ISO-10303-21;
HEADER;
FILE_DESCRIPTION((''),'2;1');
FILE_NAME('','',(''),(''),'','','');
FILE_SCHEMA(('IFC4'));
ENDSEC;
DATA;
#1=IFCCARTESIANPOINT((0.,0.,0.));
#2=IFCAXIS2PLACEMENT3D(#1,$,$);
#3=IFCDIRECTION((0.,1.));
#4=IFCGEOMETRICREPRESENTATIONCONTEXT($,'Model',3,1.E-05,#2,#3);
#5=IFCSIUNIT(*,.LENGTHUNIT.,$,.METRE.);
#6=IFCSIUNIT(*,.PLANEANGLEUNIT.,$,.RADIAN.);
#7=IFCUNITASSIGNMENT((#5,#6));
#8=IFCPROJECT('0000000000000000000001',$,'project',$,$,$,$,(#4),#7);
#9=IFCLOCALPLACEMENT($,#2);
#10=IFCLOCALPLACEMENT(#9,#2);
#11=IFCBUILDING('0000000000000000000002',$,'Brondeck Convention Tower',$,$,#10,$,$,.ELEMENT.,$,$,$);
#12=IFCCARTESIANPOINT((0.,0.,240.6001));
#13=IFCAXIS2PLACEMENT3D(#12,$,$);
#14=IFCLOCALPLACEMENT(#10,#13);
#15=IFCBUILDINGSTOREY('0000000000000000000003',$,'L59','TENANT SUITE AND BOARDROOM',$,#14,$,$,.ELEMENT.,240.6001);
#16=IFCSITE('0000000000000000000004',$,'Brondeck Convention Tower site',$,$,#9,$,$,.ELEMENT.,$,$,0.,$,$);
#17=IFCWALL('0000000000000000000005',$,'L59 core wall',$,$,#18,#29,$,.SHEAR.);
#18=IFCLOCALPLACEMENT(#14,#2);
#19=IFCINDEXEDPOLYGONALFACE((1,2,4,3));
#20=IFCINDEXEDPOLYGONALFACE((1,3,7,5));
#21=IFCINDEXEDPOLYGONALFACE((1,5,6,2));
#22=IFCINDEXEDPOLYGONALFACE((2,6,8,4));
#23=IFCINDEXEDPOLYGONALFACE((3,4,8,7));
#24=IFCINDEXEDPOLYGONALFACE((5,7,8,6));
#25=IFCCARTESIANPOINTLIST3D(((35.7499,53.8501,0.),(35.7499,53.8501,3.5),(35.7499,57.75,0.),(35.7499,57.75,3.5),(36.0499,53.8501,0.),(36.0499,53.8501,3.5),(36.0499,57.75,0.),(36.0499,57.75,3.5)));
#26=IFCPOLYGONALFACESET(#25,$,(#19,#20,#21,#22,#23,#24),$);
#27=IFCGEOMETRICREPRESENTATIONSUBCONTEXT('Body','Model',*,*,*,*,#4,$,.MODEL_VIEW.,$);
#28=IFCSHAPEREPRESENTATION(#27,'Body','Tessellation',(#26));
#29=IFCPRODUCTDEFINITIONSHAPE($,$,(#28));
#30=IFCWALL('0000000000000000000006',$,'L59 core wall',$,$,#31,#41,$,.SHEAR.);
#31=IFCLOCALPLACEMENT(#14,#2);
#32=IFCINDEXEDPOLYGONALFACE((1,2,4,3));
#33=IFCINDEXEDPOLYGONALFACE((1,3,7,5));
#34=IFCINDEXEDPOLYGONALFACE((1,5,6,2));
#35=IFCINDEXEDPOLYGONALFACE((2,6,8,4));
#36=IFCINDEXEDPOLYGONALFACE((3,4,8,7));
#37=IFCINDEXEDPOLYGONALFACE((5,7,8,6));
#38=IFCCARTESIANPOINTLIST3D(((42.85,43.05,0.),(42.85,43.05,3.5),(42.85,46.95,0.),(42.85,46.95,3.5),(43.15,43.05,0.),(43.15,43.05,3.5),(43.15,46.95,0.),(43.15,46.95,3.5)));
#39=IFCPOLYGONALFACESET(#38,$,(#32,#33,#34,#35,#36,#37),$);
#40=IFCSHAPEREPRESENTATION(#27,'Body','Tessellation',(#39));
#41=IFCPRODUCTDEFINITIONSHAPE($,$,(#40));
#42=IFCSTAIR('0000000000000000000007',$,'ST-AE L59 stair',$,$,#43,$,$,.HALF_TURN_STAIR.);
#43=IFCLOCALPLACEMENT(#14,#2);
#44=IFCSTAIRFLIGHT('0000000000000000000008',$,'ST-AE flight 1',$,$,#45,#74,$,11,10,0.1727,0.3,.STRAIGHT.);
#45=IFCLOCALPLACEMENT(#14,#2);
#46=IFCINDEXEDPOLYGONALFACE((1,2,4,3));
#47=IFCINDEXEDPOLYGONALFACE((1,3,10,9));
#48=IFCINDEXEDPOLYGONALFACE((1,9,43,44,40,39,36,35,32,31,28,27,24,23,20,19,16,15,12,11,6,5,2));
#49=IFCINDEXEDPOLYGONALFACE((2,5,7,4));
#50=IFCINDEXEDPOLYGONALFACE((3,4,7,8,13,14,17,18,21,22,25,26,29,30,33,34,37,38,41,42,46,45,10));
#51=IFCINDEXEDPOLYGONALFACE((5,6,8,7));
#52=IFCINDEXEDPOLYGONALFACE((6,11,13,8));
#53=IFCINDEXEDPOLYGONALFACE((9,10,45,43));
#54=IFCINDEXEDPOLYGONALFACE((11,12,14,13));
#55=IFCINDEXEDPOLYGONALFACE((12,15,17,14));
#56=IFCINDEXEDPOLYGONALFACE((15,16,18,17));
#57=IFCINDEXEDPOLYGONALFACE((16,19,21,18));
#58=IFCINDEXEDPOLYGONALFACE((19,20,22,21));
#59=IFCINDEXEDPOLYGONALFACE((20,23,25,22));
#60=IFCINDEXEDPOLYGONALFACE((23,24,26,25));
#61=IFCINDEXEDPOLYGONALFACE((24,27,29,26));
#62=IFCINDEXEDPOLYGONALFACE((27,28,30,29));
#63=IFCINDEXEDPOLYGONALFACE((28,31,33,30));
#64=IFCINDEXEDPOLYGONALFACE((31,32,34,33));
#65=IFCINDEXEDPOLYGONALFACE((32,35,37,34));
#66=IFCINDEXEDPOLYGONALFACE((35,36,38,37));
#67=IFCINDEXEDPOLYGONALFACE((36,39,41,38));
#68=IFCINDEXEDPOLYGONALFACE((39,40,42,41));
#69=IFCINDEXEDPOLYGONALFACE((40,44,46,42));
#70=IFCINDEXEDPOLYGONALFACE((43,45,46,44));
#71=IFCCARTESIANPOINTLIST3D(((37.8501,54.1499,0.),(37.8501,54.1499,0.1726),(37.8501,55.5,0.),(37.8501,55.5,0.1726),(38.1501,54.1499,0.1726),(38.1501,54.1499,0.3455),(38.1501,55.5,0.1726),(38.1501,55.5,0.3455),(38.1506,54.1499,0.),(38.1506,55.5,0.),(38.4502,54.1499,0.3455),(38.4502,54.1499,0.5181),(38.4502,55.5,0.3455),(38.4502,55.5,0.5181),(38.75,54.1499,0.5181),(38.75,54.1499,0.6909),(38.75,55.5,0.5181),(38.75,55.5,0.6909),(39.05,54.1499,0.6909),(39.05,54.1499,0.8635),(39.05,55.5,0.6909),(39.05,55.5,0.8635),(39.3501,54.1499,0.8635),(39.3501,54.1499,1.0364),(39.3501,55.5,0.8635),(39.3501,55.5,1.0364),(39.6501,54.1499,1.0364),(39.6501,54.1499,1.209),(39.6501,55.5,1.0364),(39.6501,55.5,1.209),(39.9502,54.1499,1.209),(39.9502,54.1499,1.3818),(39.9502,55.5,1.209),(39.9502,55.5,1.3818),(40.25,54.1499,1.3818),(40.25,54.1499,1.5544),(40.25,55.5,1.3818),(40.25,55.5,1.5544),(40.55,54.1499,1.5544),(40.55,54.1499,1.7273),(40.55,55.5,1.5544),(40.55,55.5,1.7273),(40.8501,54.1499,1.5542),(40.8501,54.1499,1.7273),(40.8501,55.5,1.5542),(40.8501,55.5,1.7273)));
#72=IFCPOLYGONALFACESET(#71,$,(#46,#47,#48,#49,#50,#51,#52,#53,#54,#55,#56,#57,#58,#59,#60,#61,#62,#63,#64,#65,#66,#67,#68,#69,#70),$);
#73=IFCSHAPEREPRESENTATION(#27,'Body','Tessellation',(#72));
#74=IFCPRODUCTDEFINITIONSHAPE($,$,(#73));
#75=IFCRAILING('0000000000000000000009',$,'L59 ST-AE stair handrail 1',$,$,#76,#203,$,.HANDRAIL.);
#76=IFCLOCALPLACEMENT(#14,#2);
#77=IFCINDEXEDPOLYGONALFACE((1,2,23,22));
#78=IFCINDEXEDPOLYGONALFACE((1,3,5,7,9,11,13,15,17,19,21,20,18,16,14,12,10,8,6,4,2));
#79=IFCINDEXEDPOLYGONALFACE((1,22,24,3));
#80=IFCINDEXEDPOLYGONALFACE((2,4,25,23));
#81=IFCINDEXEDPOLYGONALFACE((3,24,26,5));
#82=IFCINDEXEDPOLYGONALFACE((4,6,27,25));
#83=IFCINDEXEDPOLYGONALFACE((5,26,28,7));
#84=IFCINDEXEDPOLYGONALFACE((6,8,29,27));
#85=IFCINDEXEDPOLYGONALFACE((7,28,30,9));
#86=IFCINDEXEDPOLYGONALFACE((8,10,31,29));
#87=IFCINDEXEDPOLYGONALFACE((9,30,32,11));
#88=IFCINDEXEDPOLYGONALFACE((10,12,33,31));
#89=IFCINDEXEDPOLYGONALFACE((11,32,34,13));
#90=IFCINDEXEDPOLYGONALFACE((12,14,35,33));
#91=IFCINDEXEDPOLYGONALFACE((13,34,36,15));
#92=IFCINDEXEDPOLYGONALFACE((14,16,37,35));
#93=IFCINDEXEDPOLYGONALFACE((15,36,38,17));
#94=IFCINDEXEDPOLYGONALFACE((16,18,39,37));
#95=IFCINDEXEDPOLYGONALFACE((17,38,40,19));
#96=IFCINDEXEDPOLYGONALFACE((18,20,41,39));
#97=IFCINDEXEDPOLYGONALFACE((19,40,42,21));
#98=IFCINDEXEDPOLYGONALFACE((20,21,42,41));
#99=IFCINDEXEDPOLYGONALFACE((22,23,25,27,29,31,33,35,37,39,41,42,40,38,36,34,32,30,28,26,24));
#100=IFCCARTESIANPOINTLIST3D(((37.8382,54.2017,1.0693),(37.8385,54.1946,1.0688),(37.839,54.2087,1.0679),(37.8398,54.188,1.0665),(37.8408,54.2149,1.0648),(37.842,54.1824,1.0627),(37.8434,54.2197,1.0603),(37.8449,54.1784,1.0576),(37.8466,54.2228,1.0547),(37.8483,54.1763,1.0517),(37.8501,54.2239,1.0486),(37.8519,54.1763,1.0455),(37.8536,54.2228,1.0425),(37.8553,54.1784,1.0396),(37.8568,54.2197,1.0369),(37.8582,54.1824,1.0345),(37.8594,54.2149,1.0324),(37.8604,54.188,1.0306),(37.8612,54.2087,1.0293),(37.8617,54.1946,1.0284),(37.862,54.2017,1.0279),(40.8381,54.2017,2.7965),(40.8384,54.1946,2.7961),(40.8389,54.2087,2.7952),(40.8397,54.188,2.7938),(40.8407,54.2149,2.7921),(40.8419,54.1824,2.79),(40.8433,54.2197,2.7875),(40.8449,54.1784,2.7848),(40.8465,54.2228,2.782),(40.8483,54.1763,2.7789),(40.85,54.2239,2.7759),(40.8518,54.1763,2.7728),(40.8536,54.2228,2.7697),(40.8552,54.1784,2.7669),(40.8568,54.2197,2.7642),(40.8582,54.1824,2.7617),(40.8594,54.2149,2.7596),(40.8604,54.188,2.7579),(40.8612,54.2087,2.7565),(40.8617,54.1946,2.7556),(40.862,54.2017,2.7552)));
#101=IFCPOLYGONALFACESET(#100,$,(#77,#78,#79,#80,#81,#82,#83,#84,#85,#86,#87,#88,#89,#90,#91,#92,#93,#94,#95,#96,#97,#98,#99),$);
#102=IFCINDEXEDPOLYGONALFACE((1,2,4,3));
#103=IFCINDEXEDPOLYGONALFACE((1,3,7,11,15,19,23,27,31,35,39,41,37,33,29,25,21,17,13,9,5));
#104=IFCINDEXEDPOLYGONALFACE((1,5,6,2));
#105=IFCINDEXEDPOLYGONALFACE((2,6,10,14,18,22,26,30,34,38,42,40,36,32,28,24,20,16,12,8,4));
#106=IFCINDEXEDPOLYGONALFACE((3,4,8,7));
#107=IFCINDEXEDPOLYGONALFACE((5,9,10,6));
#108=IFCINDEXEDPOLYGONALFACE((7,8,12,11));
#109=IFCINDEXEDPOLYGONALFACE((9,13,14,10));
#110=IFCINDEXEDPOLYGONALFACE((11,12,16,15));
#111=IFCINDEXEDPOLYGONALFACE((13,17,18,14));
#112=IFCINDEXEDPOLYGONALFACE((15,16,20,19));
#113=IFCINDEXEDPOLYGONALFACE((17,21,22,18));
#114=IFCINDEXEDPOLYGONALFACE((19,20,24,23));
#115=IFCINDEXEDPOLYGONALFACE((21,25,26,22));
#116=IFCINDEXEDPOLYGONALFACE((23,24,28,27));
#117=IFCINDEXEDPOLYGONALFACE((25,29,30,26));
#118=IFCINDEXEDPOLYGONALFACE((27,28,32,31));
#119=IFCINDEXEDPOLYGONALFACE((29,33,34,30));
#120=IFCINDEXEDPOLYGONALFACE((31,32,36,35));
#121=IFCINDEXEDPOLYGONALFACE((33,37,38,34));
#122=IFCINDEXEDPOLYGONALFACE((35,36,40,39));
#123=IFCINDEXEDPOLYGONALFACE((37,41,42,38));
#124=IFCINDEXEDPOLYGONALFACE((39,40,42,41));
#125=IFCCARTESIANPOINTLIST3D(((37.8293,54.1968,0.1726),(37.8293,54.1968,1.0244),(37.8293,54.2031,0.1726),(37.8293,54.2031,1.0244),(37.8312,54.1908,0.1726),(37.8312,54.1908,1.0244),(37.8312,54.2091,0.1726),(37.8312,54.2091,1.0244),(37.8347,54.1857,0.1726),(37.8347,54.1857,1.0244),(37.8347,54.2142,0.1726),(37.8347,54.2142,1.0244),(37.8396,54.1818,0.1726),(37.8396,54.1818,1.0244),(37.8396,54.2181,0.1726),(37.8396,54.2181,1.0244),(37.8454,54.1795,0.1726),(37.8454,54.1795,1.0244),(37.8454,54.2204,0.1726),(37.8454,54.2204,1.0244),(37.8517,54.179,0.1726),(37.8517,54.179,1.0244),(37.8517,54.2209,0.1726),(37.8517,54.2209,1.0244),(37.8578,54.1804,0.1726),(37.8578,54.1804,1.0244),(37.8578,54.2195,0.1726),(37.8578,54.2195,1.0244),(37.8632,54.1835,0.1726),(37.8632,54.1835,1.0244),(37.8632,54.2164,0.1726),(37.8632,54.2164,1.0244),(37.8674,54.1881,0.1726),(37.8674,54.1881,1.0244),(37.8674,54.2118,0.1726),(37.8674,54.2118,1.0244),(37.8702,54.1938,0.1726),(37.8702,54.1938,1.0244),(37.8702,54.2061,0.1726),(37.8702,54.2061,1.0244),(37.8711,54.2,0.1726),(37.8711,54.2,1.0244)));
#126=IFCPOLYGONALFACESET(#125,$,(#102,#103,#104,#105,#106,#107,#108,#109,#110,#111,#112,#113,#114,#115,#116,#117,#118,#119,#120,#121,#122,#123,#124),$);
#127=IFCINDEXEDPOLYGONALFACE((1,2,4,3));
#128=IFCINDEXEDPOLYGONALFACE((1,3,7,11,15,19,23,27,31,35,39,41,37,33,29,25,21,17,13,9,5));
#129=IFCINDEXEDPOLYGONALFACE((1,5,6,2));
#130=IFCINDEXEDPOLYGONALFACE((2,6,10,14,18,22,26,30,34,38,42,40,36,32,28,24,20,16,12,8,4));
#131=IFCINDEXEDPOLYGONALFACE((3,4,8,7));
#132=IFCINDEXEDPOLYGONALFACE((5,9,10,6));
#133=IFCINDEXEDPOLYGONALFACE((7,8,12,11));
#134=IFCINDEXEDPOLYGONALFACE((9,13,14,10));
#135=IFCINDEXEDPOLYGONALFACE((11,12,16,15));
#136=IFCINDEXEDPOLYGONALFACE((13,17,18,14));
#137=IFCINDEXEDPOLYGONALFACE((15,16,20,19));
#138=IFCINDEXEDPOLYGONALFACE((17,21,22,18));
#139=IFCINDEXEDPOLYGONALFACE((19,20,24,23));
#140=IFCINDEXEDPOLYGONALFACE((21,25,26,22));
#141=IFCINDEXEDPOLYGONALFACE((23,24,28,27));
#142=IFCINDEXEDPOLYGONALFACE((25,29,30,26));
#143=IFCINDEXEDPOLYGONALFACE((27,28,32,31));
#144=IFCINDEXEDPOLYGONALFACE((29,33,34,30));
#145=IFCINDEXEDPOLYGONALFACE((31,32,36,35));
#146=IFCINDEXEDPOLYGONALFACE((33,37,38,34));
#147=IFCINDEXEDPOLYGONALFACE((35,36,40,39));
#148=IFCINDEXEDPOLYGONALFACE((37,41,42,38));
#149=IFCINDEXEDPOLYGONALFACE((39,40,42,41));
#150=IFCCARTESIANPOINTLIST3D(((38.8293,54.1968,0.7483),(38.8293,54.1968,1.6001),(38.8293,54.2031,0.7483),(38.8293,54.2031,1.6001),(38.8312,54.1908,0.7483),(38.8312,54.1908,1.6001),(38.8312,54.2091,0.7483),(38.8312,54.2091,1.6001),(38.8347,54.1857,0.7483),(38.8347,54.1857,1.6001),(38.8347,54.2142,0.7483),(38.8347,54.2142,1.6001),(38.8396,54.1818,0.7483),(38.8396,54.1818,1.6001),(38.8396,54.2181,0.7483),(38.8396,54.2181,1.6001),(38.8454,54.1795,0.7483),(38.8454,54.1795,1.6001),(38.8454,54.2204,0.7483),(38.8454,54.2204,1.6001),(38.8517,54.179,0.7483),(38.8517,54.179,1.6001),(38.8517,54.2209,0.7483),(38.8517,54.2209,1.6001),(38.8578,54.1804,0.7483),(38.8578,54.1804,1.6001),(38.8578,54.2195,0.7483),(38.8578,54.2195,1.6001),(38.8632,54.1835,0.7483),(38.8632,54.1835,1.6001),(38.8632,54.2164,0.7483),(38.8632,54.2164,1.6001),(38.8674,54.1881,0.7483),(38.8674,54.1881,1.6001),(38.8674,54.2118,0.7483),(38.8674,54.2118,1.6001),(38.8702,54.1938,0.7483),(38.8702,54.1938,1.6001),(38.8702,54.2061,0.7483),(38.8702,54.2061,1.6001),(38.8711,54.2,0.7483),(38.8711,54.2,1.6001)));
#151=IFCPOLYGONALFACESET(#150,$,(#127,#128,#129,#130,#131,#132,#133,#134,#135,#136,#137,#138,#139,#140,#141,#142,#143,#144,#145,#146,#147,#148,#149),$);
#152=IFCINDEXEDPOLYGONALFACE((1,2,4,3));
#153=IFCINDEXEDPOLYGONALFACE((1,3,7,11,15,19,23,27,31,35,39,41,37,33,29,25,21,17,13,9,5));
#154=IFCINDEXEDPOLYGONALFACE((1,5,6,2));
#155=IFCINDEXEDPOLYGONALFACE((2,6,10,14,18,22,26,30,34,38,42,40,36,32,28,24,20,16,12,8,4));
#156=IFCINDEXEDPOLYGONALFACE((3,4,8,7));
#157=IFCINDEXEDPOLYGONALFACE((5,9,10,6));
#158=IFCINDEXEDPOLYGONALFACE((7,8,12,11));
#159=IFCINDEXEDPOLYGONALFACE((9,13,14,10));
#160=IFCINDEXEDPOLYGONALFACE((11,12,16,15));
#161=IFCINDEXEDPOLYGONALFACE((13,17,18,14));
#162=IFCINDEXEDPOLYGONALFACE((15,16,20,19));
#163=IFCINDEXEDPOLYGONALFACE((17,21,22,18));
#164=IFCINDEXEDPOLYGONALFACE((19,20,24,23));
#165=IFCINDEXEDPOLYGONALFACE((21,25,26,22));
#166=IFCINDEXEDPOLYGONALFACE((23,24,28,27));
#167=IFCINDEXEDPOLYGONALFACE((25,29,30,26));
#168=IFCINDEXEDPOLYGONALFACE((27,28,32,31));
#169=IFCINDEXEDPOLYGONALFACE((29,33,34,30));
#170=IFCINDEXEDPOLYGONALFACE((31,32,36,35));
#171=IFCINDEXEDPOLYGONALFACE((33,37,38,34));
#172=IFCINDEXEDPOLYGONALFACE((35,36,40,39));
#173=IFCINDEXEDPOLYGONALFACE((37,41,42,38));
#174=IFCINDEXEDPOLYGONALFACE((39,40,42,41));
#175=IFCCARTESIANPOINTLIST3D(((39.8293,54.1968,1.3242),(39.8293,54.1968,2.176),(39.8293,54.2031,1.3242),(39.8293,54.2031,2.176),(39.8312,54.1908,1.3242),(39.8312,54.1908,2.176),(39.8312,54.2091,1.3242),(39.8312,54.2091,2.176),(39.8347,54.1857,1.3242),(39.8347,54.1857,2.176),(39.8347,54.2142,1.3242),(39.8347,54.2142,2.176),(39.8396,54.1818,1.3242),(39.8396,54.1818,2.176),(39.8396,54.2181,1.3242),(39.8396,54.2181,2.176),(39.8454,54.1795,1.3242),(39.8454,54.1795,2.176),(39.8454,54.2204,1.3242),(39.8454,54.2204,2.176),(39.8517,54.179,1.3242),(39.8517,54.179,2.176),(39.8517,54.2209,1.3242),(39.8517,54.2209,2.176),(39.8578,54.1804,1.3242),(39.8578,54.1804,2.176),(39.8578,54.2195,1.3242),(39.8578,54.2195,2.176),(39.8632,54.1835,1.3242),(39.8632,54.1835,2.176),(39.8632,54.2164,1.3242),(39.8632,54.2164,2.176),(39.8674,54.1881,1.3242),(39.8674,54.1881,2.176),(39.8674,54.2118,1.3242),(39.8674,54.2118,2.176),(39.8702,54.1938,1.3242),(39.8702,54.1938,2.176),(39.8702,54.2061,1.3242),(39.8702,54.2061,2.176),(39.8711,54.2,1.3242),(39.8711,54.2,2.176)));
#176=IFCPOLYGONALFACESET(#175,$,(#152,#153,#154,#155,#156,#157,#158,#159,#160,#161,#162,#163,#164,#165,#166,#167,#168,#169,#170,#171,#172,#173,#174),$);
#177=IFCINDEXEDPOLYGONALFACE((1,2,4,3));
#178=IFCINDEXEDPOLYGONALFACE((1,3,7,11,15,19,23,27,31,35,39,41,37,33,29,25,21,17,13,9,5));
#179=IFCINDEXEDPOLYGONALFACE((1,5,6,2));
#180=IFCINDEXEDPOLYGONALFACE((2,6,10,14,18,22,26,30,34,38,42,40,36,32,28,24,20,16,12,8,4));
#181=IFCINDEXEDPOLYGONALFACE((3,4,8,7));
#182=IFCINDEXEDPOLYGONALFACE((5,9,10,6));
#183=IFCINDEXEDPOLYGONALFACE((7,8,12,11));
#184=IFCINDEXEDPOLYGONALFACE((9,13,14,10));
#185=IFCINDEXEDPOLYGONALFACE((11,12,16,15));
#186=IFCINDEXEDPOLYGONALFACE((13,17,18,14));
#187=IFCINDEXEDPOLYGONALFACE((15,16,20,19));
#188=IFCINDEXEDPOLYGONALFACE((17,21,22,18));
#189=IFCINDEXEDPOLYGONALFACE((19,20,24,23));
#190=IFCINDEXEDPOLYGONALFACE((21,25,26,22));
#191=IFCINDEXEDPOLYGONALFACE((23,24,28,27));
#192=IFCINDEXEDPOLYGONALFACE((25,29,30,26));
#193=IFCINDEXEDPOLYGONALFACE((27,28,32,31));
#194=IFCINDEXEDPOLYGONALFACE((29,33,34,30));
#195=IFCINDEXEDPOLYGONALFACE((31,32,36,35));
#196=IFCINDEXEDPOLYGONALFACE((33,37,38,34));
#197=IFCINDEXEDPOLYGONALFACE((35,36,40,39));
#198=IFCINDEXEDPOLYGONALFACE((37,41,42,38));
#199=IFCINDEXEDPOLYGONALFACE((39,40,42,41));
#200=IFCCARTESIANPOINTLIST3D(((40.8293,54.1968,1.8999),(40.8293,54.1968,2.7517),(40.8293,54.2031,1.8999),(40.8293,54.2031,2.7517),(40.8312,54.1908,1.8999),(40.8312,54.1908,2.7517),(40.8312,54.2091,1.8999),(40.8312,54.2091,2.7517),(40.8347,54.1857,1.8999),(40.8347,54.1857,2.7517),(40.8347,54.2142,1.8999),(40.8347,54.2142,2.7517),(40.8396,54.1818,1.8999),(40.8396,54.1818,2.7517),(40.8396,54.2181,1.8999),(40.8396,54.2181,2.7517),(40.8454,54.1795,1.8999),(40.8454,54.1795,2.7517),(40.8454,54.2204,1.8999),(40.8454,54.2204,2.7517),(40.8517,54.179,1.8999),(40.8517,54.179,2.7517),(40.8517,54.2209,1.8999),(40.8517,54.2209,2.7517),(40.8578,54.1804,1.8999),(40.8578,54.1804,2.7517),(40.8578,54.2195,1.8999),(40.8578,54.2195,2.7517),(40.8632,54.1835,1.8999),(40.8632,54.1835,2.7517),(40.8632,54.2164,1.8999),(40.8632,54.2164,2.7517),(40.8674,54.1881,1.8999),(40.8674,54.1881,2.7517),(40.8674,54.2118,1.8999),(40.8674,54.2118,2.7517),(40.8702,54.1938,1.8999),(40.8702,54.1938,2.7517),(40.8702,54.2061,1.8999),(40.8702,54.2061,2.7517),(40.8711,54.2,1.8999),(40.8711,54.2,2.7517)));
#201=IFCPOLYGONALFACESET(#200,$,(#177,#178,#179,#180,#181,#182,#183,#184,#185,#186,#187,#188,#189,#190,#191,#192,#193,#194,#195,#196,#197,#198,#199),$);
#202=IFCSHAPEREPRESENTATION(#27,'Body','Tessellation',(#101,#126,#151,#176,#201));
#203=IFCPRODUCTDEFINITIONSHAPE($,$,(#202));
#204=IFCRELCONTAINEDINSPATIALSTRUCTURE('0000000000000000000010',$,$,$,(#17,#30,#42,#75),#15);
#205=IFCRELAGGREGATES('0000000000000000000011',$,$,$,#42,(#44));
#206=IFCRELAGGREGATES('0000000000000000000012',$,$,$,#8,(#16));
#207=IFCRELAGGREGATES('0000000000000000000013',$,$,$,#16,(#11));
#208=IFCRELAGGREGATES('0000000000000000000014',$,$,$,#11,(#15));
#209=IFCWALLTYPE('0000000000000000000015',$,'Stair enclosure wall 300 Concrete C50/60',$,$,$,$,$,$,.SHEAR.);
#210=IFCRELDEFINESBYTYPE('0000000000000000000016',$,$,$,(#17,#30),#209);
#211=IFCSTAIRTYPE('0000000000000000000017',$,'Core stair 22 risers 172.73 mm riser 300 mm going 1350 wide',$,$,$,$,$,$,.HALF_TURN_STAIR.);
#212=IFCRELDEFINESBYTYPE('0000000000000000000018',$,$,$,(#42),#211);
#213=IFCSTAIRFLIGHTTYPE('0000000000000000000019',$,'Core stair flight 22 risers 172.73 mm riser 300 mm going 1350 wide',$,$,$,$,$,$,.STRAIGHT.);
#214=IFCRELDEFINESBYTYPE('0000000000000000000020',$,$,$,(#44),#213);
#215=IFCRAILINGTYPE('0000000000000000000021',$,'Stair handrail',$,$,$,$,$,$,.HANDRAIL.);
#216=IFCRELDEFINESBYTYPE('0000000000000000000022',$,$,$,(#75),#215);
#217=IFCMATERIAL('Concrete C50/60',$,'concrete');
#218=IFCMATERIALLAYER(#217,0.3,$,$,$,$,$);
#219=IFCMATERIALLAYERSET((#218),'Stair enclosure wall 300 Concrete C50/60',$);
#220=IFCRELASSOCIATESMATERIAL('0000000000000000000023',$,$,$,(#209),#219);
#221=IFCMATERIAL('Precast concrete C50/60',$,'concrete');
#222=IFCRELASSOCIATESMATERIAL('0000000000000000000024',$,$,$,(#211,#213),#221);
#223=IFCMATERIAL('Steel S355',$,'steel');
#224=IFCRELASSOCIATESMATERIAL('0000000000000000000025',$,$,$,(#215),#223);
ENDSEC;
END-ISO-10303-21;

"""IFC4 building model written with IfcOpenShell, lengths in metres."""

from ifc_helpers import new_model, si_unit, direction, frame, frame_2d, origin, origin_2d, place, context, subcontext, project, spatial, polyline, rectangle, circle, outline, extrude, material, layer, layer_set, type_object, element, aggregate, save


model = new_model("IFC4")

# Units and contexts
model_context = context("Model", 3, precision=1e-05, world=origin(), true_north=direction((0.0, 1.0)))
body_context = subcontext(model_context, "Body", "Model", "MODEL_VIEW")
ifc_project = project(units=[si_unit("LENGTHUNIT", "METRE"), si_unit("PLANEANGLEUNIT", "RADIAN")], contexts=[model_context])

# Site, building, storey
site_placement = place(None, origin())
site = spatial("IfcSite", under=ifc_project, at=site_placement, Name="Brondeck Convention Tower site", CompositionType="ELEMENT", RefElevation=0.0)
building_placement = place(site_placement, origin())
building = spatial("IfcBuilding", under=site, at=building_placement, Name="Brondeck Convention Tower", CompositionType="ELEMENT")
storey_placement = place(building_placement, frame((0.0, 0.0, 240.6001)))
storey = spatial("IfcBuildingStorey", under=building, at=storey_placement, Name="L59", Description="TENANT SUITE AND BOARDROOM", CompositionType="ELEMENT", Elevation=240.6001)

# Shared definitions
ifc_material_1 = material(Name="Concrete C50/60", Category="concrete")

# Shared definitions
ifc_material_2 = material(Name="Steel S355", Category="steel")

# Shared definitions
ifc_layer_1 = layer(ifc_material_1, 0.3)
ifc_layer_set_1 = layer_set([ifc_layer_1], Name="Stair enclosure wall 300 Concrete C50/60")
wall_type_1 = type_object("IfcWallType", Name="Stair enclosure wall 300 Concrete C50/60", PredefinedType="SHEAR", material=ifc_layer_set_1)

# Walls
for number, where, z_axis, x_axis, name in (
    (1, (35.8999, 53.8501, 0.0), (0.0, 0.0, 1.0), (0.0, 1.0, 0.0), "L59 core wall"),
    (2, (43.0, 43.05, 0.0), (0.0, 0.0, 1.0), (0.0, 1.0, 0.0), "L59 core wall"),
):
    element("IfcWall", number, at=place(storey_placement, frame(where, z_axis=z_axis, x_axis=x_axis)), inside=storey, type_object=wall_type_1, Name=name, PredefinedType="SHEAR", context=body_context, shape_type="SweptSolid", body=[
        extrude(rectangle(XDim=3.8999, YDim=0.3, at=frame_2d((1.95, 0.0))), origin(), (0.0, 0.0, 1.0), 3.5),
    ])

# Stair, stair flight
ifc_material_3 = material(Name="Precast concrete C50/60", Category="concrete")
stair_type = type_object("IfcStairType", Name="Core stair 22 risers 172.73 mm riser 300 mm going 1350 wide", PredefinedType="HALF_TURN_STAIR", material=ifc_material_3)
stair_placement = place(storey_placement, origin())
stair = element("IfcStair", 3, at=stair_placement, inside=storey, type_object=stair_type, Name="ST-AE L59 stair", PredefinedType="HALF_TURN_STAIR")
stair_flight_type = type_object("IfcStairFlightType", Name="Core stair flight 22 risers 172.73 mm riser 300 mm going 1350 wide", PredefinedType="STRAIGHT", material=ifc_material_3)
stair_flight_placement = place(storey_placement, frame((37.8501, 54.825, 0.0), z_axis=(0.0, 0.0, 1.0), x_axis=(1.0, 0.0, 0.0)))
stair_flight = element("IfcStairFlight", 4, at=stair_flight_placement, type_object=stair_flight_type, Name="ST-AE flight 1", NumberOfRisers=11, NumberOfTreads=10, PredefinedType="STRAIGHT", RiserHeight=0.1727, TreadLength=0.3, context=body_context, shape_type="SweptSolid", body=[
    extrude(outline(polyline([(0.0, 0.0), (0.0, 0.1726), (0.3, 0.1726), (0.3, 0.3455), (0.6001, 0.3455), (0.6001, 0.5181), (0.8999, 0.5181), (0.8999, 0.6909), (1.2, 0.6909), (1.2, 0.8635), (1.5, 0.8635), (1.5, 1.0364), (1.8, 1.0364), (1.8, 1.209), (2.1001, 1.209), (2.1001, 1.3818), (2.3999, 1.3818), (2.3999, 1.5544), (2.7, 1.5544), (2.7, 1.7273), (3.0, 1.7273), (3.0, 1.8999), (3.0, 1.5542), (0.3005, 0.0), (0.0, 0.0)])), frame((0.0, 0.675, 0.0), z_axis=(0.0, -1.0, 0.0), x_axis=(1.0, 0.0, 0.0)), (0.0, 0.0, 1.0), 1.3501),
])
aggregate(stair, [stair_flight])

# Railing
railing_type = type_object("IfcRailingType", Name="Stair handrail", PredefinedType="HANDRAIL", material=ifc_material_2)
railing_placement = place(storey_placement, frame((37.8501, 54.2, 0.1726)))
element("IfcRailing", 5, at=railing_placement, inside=storey, type_object=railing_type, Name="L59 ST-AE stair handrail 1", PredefinedType="HANDRAIL", context=body_context, shape_type="SweptSolid", body=[
    extrude(circle(Radius=0.0239, at=origin_2d()), frame((0.0, 0.0, 0.876), z_axis=(0.86662, 0.0, 0.498969), x_axis=(0.0, 1.0, 0.0)), (0.0, 0.0, 1.0), 3.4617),
    extrude(circle(Radius=0.021, at=origin_2d()), origin(), (0.0, 0.0, 1.0), 0.8518),
    extrude(circle(Radius=0.021, at=origin_2d()), frame((1.0, 0.0, 0.5757)), (0.0, 0.0, 1.0), 0.8518),
    extrude(circle(Radius=0.021, at=origin_2d()), frame((2.0, 0.0, 1.1516)), (0.0, 0.0, 1.0), 0.8518),
    extrude(circle(Radius=0.021, at=origin_2d()), frame((3.0, 0.0, 1.7273)), (0.0, 0.0, 1.0), 0.8518),
])

save(model, "model.ifc")
